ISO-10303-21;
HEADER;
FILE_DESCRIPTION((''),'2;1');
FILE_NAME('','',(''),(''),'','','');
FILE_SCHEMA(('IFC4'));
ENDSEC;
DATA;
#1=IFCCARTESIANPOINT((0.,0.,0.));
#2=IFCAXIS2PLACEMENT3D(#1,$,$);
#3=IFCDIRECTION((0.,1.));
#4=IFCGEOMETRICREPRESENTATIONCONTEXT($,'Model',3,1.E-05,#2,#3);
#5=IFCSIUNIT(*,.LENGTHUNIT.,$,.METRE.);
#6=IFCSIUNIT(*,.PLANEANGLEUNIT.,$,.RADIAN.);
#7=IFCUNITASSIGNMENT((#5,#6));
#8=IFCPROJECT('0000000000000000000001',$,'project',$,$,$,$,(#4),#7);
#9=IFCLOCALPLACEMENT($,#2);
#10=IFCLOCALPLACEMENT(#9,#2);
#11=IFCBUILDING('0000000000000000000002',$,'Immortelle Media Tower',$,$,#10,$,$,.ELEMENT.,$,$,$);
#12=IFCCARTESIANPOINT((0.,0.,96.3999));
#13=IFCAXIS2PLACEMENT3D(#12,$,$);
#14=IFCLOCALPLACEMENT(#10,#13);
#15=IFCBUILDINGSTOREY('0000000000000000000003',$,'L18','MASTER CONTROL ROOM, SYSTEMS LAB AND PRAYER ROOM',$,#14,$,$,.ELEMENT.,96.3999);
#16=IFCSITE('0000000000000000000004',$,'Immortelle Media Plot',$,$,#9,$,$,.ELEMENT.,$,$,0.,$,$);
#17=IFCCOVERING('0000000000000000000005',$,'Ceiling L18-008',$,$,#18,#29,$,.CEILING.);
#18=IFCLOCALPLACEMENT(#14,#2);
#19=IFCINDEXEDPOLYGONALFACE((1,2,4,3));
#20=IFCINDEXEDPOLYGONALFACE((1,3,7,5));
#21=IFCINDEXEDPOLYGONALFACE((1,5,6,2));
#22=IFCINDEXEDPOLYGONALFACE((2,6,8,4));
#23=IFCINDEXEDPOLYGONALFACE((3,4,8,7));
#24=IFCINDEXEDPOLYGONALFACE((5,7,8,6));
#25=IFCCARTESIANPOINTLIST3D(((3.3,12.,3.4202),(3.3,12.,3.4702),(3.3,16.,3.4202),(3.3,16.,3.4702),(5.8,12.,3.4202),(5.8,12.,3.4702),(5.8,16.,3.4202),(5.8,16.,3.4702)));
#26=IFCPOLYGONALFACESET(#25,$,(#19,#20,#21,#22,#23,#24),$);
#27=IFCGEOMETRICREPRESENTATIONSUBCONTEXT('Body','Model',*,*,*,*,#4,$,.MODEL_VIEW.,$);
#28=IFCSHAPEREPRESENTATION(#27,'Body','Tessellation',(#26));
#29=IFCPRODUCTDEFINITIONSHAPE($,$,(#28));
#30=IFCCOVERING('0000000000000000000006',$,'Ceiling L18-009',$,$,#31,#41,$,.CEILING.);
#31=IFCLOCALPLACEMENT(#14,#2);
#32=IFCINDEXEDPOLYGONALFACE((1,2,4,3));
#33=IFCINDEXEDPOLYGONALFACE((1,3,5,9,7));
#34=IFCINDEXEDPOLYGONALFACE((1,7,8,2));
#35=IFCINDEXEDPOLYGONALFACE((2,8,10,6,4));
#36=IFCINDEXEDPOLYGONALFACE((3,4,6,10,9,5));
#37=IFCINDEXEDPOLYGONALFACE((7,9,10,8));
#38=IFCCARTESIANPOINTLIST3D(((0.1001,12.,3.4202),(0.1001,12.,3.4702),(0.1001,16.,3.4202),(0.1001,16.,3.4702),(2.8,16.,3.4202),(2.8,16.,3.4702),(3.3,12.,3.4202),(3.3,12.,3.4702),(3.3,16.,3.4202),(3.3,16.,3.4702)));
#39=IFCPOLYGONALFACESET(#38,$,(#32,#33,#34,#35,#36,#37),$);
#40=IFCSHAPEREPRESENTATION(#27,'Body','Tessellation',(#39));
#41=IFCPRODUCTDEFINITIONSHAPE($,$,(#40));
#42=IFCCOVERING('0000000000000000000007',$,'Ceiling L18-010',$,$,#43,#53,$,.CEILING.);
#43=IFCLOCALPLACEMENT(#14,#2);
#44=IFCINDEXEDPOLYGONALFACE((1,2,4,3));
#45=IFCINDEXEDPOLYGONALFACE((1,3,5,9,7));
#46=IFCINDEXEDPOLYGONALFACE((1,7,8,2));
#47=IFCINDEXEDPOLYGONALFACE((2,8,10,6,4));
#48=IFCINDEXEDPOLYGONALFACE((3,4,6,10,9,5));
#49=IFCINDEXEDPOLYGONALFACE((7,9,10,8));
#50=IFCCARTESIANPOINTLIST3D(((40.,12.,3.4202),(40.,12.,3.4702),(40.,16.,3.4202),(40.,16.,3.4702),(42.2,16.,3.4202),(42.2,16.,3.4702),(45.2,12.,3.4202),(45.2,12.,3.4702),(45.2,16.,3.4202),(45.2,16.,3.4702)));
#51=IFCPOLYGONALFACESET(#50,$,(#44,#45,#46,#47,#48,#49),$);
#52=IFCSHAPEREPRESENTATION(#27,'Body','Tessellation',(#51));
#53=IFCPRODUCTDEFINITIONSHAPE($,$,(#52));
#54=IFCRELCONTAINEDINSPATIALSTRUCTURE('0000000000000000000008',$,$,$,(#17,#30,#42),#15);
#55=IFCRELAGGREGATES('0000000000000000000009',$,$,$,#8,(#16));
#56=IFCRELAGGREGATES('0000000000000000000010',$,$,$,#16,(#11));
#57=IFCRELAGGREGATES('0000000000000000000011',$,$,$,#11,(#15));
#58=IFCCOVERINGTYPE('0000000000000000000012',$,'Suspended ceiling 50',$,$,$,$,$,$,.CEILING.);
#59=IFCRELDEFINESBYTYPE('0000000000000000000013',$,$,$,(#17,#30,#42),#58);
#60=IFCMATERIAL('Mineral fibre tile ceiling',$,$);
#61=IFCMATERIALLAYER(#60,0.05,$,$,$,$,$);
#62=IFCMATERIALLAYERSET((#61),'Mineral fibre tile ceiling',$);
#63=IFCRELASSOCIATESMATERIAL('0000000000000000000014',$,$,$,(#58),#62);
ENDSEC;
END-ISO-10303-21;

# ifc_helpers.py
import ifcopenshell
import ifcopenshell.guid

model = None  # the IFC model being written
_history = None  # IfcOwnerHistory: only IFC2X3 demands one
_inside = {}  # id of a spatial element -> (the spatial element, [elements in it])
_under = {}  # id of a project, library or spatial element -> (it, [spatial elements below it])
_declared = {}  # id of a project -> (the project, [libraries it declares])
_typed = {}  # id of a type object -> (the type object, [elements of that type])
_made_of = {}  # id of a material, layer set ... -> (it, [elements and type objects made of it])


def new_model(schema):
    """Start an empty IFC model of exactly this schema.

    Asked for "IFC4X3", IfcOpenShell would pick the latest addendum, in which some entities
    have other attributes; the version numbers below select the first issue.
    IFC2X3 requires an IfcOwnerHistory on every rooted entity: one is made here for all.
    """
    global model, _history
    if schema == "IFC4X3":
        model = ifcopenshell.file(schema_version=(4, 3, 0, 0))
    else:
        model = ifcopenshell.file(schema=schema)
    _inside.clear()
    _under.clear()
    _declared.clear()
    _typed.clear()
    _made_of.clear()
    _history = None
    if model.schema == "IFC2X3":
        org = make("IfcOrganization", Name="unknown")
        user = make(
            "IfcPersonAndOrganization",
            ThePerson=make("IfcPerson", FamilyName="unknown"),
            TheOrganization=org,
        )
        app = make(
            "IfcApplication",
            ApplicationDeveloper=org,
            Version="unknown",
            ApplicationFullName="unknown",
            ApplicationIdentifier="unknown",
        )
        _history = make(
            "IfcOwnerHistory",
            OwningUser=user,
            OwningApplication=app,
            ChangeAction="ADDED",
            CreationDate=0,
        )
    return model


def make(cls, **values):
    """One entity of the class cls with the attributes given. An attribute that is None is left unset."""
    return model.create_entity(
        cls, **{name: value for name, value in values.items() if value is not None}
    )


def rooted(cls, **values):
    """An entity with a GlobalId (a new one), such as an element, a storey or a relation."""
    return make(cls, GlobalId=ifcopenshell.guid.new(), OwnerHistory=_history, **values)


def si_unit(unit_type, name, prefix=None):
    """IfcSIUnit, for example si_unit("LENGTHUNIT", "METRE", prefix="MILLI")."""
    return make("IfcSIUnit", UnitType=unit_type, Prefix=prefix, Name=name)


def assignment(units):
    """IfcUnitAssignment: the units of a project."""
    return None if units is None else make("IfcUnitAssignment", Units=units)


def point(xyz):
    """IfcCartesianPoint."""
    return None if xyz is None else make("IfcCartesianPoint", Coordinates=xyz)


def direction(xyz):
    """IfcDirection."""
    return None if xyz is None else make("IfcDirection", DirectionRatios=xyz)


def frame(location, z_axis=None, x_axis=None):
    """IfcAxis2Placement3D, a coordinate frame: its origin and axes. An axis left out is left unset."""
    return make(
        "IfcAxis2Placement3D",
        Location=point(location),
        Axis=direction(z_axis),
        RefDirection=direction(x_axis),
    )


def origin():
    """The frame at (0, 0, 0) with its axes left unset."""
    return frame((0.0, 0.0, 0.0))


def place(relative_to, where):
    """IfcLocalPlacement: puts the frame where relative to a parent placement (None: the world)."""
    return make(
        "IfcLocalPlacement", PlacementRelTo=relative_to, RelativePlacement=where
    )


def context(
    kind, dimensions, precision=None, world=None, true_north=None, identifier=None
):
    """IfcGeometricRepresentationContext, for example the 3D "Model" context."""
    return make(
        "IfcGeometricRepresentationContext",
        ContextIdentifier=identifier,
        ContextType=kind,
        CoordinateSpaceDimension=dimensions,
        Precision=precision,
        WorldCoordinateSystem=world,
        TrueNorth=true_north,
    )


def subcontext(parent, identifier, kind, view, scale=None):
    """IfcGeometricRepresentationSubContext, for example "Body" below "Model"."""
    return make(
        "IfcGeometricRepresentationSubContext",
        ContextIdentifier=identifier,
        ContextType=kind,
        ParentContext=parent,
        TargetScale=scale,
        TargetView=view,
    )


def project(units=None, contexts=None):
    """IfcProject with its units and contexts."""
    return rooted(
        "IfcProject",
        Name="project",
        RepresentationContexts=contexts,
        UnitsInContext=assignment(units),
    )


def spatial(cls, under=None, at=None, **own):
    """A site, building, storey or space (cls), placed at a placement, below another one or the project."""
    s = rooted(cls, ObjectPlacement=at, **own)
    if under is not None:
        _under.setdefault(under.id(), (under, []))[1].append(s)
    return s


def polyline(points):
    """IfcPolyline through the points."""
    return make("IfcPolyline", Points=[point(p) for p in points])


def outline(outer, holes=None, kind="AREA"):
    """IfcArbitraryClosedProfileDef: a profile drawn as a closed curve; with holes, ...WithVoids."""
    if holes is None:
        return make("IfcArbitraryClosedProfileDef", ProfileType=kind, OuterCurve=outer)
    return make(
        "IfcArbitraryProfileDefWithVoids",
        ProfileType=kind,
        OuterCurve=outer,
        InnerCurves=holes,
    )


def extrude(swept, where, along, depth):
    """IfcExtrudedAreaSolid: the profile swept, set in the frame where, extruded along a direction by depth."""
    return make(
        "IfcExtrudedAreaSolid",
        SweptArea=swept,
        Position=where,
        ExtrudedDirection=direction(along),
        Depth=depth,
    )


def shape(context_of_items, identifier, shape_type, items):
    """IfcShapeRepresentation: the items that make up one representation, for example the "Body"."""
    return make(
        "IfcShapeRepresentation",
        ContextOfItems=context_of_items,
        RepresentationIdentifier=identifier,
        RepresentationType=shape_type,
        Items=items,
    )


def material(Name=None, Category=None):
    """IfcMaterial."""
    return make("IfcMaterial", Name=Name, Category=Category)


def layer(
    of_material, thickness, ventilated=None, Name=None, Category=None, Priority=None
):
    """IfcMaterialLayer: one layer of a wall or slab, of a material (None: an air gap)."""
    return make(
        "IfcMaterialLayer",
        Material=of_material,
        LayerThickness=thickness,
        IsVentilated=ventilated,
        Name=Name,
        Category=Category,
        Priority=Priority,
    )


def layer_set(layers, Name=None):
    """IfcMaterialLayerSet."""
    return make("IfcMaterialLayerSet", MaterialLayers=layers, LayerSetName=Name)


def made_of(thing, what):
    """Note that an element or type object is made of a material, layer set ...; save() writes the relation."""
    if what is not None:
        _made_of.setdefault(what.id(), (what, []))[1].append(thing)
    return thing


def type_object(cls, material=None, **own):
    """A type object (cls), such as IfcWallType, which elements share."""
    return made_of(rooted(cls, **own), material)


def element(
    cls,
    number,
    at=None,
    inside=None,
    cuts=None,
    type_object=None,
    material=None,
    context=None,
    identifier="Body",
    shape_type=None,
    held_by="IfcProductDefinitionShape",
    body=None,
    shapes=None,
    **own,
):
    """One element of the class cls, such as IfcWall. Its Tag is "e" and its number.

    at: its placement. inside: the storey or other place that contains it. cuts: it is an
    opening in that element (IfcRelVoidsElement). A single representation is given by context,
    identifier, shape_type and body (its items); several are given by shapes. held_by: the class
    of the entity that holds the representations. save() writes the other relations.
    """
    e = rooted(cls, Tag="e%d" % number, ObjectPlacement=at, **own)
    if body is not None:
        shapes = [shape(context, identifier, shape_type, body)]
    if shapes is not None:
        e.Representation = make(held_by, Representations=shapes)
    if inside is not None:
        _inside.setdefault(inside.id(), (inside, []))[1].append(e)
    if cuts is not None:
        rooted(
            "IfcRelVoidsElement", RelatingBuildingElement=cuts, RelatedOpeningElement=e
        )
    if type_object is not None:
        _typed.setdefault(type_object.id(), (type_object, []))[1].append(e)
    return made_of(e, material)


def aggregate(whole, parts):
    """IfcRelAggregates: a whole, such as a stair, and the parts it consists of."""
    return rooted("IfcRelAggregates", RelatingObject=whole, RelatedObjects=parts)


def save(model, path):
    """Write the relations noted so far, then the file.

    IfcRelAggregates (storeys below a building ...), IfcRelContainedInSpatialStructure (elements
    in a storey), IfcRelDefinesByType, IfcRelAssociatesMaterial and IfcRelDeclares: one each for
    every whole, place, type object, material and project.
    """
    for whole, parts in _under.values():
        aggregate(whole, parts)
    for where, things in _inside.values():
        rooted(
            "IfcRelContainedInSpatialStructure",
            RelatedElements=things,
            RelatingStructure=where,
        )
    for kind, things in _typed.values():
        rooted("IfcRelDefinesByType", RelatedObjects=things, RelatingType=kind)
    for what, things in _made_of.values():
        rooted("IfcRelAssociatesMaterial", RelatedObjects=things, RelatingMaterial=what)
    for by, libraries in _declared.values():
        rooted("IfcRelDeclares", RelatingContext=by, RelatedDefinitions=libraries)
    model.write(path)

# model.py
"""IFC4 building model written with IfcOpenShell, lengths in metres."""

from ifc_helpers import new_model, si_unit, direction, frame, origin, place, context, subcontext, project, spatial, polyline, outline, extrude, material, layer, layer_set, type_object, element, save


model = new_model("IFC4")

# Units and contexts
model_context = context("Model", 3, precision=1e-05, world=origin(), true_north=direction((0.0, 1.0)))
body_context = subcontext(model_context, "Body", "Model", "MODEL_VIEW")
ifc_project = project(units=[si_unit("LENGTHUNIT", "METRE"), si_unit("PLANEANGLEUNIT", "RADIAN")], contexts=[model_context])

# Site, building, storey
site_placement = place(None, origin())
site = spatial("IfcSite", under=ifc_project, at=site_placement, Name="Immortelle Media Plot", CompositionType="ELEMENT", RefElevation=0.0)
building_placement = place(site_placement, origin())
building = spatial("IfcBuilding", under=site, at=building_placement, Name="Immortelle Media Tower", CompositionType="ELEMENT")
storey_placement = place(building_placement, frame((0.0, 0.0, 96.3999)))
storey = spatial("IfcBuildingStorey", under=building, at=storey_placement, Name="L18", Description="MASTER CONTROL ROOM, SYSTEMS LAB AND PRAYER ROOM", CompositionType="ELEMENT", Elevation=96.3999)

# Coverings
ifc_material_1 = material(Name="Mineral fibre tile ceiling")
ifc_layer_1 = layer(ifc_material_1, 0.05)
ifc_layer_set_1 = layer_set([ifc_layer_1], Name="Mineral fibre tile ceiling")
covering_type = type_object("IfcCoveringType", Name="Suspended ceiling 50", PredefinedType="CEILING", material=ifc_layer_set_1)
covering_1_placement = place(storey_placement, frame((0.0, 0.0, 3.4202)))
element("IfcCovering", 1, at=covering_1_placement, inside=storey, type_object=covering_type, Name="Ceiling L18-008", PredefinedType="CEILING", context=body_context, shape_type="SweptSolid", body=[
    extrude(outline(polyline([(5.8, 16.0), (5.8, 12.0), (3.3, 12.0), (3.3, 16.0), (5.8, 16.0)])), origin(), (0.0, 0.0, 1.0), 0.05),
])
covering_2_placement = place(storey_placement, frame((0.0, 0.0, 3.4202)))
element("IfcCovering", 2, at=covering_2_placement, inside=storey, type_object=covering_type, Name="Ceiling L18-009", PredefinedType="CEILING", context=body_context, shape_type="SweptSolid", body=[
    extrude(outline(polyline([(2.8, 16.0), (3.3, 16.0), (3.3, 12.0), (0.1001, 12.0), (0.1001, 16.0), (2.8, 16.0)])), origin(), (0.0, 0.0, 1.0), 0.05),
])
covering_3_placement = place(storey_placement, frame((0.0, 0.0, 3.4202)))
element("IfcCovering", 3, at=covering_3_placement, inside=storey, type_object=covering_type, Name="Ceiling L18-010", PredefinedType="CEILING", context=body_context, shape_type="SweptSolid", body=[
    extrude(outline(polyline([(40.0, 16.0), (42.2, 16.0), (45.2, 16.0), (45.2, 12.0), (40.0, 12.0), (40.0, 16.0)])), origin(), (0.0, 0.0, 1.0), 0.05),
])

save(model, "model.ifc")
